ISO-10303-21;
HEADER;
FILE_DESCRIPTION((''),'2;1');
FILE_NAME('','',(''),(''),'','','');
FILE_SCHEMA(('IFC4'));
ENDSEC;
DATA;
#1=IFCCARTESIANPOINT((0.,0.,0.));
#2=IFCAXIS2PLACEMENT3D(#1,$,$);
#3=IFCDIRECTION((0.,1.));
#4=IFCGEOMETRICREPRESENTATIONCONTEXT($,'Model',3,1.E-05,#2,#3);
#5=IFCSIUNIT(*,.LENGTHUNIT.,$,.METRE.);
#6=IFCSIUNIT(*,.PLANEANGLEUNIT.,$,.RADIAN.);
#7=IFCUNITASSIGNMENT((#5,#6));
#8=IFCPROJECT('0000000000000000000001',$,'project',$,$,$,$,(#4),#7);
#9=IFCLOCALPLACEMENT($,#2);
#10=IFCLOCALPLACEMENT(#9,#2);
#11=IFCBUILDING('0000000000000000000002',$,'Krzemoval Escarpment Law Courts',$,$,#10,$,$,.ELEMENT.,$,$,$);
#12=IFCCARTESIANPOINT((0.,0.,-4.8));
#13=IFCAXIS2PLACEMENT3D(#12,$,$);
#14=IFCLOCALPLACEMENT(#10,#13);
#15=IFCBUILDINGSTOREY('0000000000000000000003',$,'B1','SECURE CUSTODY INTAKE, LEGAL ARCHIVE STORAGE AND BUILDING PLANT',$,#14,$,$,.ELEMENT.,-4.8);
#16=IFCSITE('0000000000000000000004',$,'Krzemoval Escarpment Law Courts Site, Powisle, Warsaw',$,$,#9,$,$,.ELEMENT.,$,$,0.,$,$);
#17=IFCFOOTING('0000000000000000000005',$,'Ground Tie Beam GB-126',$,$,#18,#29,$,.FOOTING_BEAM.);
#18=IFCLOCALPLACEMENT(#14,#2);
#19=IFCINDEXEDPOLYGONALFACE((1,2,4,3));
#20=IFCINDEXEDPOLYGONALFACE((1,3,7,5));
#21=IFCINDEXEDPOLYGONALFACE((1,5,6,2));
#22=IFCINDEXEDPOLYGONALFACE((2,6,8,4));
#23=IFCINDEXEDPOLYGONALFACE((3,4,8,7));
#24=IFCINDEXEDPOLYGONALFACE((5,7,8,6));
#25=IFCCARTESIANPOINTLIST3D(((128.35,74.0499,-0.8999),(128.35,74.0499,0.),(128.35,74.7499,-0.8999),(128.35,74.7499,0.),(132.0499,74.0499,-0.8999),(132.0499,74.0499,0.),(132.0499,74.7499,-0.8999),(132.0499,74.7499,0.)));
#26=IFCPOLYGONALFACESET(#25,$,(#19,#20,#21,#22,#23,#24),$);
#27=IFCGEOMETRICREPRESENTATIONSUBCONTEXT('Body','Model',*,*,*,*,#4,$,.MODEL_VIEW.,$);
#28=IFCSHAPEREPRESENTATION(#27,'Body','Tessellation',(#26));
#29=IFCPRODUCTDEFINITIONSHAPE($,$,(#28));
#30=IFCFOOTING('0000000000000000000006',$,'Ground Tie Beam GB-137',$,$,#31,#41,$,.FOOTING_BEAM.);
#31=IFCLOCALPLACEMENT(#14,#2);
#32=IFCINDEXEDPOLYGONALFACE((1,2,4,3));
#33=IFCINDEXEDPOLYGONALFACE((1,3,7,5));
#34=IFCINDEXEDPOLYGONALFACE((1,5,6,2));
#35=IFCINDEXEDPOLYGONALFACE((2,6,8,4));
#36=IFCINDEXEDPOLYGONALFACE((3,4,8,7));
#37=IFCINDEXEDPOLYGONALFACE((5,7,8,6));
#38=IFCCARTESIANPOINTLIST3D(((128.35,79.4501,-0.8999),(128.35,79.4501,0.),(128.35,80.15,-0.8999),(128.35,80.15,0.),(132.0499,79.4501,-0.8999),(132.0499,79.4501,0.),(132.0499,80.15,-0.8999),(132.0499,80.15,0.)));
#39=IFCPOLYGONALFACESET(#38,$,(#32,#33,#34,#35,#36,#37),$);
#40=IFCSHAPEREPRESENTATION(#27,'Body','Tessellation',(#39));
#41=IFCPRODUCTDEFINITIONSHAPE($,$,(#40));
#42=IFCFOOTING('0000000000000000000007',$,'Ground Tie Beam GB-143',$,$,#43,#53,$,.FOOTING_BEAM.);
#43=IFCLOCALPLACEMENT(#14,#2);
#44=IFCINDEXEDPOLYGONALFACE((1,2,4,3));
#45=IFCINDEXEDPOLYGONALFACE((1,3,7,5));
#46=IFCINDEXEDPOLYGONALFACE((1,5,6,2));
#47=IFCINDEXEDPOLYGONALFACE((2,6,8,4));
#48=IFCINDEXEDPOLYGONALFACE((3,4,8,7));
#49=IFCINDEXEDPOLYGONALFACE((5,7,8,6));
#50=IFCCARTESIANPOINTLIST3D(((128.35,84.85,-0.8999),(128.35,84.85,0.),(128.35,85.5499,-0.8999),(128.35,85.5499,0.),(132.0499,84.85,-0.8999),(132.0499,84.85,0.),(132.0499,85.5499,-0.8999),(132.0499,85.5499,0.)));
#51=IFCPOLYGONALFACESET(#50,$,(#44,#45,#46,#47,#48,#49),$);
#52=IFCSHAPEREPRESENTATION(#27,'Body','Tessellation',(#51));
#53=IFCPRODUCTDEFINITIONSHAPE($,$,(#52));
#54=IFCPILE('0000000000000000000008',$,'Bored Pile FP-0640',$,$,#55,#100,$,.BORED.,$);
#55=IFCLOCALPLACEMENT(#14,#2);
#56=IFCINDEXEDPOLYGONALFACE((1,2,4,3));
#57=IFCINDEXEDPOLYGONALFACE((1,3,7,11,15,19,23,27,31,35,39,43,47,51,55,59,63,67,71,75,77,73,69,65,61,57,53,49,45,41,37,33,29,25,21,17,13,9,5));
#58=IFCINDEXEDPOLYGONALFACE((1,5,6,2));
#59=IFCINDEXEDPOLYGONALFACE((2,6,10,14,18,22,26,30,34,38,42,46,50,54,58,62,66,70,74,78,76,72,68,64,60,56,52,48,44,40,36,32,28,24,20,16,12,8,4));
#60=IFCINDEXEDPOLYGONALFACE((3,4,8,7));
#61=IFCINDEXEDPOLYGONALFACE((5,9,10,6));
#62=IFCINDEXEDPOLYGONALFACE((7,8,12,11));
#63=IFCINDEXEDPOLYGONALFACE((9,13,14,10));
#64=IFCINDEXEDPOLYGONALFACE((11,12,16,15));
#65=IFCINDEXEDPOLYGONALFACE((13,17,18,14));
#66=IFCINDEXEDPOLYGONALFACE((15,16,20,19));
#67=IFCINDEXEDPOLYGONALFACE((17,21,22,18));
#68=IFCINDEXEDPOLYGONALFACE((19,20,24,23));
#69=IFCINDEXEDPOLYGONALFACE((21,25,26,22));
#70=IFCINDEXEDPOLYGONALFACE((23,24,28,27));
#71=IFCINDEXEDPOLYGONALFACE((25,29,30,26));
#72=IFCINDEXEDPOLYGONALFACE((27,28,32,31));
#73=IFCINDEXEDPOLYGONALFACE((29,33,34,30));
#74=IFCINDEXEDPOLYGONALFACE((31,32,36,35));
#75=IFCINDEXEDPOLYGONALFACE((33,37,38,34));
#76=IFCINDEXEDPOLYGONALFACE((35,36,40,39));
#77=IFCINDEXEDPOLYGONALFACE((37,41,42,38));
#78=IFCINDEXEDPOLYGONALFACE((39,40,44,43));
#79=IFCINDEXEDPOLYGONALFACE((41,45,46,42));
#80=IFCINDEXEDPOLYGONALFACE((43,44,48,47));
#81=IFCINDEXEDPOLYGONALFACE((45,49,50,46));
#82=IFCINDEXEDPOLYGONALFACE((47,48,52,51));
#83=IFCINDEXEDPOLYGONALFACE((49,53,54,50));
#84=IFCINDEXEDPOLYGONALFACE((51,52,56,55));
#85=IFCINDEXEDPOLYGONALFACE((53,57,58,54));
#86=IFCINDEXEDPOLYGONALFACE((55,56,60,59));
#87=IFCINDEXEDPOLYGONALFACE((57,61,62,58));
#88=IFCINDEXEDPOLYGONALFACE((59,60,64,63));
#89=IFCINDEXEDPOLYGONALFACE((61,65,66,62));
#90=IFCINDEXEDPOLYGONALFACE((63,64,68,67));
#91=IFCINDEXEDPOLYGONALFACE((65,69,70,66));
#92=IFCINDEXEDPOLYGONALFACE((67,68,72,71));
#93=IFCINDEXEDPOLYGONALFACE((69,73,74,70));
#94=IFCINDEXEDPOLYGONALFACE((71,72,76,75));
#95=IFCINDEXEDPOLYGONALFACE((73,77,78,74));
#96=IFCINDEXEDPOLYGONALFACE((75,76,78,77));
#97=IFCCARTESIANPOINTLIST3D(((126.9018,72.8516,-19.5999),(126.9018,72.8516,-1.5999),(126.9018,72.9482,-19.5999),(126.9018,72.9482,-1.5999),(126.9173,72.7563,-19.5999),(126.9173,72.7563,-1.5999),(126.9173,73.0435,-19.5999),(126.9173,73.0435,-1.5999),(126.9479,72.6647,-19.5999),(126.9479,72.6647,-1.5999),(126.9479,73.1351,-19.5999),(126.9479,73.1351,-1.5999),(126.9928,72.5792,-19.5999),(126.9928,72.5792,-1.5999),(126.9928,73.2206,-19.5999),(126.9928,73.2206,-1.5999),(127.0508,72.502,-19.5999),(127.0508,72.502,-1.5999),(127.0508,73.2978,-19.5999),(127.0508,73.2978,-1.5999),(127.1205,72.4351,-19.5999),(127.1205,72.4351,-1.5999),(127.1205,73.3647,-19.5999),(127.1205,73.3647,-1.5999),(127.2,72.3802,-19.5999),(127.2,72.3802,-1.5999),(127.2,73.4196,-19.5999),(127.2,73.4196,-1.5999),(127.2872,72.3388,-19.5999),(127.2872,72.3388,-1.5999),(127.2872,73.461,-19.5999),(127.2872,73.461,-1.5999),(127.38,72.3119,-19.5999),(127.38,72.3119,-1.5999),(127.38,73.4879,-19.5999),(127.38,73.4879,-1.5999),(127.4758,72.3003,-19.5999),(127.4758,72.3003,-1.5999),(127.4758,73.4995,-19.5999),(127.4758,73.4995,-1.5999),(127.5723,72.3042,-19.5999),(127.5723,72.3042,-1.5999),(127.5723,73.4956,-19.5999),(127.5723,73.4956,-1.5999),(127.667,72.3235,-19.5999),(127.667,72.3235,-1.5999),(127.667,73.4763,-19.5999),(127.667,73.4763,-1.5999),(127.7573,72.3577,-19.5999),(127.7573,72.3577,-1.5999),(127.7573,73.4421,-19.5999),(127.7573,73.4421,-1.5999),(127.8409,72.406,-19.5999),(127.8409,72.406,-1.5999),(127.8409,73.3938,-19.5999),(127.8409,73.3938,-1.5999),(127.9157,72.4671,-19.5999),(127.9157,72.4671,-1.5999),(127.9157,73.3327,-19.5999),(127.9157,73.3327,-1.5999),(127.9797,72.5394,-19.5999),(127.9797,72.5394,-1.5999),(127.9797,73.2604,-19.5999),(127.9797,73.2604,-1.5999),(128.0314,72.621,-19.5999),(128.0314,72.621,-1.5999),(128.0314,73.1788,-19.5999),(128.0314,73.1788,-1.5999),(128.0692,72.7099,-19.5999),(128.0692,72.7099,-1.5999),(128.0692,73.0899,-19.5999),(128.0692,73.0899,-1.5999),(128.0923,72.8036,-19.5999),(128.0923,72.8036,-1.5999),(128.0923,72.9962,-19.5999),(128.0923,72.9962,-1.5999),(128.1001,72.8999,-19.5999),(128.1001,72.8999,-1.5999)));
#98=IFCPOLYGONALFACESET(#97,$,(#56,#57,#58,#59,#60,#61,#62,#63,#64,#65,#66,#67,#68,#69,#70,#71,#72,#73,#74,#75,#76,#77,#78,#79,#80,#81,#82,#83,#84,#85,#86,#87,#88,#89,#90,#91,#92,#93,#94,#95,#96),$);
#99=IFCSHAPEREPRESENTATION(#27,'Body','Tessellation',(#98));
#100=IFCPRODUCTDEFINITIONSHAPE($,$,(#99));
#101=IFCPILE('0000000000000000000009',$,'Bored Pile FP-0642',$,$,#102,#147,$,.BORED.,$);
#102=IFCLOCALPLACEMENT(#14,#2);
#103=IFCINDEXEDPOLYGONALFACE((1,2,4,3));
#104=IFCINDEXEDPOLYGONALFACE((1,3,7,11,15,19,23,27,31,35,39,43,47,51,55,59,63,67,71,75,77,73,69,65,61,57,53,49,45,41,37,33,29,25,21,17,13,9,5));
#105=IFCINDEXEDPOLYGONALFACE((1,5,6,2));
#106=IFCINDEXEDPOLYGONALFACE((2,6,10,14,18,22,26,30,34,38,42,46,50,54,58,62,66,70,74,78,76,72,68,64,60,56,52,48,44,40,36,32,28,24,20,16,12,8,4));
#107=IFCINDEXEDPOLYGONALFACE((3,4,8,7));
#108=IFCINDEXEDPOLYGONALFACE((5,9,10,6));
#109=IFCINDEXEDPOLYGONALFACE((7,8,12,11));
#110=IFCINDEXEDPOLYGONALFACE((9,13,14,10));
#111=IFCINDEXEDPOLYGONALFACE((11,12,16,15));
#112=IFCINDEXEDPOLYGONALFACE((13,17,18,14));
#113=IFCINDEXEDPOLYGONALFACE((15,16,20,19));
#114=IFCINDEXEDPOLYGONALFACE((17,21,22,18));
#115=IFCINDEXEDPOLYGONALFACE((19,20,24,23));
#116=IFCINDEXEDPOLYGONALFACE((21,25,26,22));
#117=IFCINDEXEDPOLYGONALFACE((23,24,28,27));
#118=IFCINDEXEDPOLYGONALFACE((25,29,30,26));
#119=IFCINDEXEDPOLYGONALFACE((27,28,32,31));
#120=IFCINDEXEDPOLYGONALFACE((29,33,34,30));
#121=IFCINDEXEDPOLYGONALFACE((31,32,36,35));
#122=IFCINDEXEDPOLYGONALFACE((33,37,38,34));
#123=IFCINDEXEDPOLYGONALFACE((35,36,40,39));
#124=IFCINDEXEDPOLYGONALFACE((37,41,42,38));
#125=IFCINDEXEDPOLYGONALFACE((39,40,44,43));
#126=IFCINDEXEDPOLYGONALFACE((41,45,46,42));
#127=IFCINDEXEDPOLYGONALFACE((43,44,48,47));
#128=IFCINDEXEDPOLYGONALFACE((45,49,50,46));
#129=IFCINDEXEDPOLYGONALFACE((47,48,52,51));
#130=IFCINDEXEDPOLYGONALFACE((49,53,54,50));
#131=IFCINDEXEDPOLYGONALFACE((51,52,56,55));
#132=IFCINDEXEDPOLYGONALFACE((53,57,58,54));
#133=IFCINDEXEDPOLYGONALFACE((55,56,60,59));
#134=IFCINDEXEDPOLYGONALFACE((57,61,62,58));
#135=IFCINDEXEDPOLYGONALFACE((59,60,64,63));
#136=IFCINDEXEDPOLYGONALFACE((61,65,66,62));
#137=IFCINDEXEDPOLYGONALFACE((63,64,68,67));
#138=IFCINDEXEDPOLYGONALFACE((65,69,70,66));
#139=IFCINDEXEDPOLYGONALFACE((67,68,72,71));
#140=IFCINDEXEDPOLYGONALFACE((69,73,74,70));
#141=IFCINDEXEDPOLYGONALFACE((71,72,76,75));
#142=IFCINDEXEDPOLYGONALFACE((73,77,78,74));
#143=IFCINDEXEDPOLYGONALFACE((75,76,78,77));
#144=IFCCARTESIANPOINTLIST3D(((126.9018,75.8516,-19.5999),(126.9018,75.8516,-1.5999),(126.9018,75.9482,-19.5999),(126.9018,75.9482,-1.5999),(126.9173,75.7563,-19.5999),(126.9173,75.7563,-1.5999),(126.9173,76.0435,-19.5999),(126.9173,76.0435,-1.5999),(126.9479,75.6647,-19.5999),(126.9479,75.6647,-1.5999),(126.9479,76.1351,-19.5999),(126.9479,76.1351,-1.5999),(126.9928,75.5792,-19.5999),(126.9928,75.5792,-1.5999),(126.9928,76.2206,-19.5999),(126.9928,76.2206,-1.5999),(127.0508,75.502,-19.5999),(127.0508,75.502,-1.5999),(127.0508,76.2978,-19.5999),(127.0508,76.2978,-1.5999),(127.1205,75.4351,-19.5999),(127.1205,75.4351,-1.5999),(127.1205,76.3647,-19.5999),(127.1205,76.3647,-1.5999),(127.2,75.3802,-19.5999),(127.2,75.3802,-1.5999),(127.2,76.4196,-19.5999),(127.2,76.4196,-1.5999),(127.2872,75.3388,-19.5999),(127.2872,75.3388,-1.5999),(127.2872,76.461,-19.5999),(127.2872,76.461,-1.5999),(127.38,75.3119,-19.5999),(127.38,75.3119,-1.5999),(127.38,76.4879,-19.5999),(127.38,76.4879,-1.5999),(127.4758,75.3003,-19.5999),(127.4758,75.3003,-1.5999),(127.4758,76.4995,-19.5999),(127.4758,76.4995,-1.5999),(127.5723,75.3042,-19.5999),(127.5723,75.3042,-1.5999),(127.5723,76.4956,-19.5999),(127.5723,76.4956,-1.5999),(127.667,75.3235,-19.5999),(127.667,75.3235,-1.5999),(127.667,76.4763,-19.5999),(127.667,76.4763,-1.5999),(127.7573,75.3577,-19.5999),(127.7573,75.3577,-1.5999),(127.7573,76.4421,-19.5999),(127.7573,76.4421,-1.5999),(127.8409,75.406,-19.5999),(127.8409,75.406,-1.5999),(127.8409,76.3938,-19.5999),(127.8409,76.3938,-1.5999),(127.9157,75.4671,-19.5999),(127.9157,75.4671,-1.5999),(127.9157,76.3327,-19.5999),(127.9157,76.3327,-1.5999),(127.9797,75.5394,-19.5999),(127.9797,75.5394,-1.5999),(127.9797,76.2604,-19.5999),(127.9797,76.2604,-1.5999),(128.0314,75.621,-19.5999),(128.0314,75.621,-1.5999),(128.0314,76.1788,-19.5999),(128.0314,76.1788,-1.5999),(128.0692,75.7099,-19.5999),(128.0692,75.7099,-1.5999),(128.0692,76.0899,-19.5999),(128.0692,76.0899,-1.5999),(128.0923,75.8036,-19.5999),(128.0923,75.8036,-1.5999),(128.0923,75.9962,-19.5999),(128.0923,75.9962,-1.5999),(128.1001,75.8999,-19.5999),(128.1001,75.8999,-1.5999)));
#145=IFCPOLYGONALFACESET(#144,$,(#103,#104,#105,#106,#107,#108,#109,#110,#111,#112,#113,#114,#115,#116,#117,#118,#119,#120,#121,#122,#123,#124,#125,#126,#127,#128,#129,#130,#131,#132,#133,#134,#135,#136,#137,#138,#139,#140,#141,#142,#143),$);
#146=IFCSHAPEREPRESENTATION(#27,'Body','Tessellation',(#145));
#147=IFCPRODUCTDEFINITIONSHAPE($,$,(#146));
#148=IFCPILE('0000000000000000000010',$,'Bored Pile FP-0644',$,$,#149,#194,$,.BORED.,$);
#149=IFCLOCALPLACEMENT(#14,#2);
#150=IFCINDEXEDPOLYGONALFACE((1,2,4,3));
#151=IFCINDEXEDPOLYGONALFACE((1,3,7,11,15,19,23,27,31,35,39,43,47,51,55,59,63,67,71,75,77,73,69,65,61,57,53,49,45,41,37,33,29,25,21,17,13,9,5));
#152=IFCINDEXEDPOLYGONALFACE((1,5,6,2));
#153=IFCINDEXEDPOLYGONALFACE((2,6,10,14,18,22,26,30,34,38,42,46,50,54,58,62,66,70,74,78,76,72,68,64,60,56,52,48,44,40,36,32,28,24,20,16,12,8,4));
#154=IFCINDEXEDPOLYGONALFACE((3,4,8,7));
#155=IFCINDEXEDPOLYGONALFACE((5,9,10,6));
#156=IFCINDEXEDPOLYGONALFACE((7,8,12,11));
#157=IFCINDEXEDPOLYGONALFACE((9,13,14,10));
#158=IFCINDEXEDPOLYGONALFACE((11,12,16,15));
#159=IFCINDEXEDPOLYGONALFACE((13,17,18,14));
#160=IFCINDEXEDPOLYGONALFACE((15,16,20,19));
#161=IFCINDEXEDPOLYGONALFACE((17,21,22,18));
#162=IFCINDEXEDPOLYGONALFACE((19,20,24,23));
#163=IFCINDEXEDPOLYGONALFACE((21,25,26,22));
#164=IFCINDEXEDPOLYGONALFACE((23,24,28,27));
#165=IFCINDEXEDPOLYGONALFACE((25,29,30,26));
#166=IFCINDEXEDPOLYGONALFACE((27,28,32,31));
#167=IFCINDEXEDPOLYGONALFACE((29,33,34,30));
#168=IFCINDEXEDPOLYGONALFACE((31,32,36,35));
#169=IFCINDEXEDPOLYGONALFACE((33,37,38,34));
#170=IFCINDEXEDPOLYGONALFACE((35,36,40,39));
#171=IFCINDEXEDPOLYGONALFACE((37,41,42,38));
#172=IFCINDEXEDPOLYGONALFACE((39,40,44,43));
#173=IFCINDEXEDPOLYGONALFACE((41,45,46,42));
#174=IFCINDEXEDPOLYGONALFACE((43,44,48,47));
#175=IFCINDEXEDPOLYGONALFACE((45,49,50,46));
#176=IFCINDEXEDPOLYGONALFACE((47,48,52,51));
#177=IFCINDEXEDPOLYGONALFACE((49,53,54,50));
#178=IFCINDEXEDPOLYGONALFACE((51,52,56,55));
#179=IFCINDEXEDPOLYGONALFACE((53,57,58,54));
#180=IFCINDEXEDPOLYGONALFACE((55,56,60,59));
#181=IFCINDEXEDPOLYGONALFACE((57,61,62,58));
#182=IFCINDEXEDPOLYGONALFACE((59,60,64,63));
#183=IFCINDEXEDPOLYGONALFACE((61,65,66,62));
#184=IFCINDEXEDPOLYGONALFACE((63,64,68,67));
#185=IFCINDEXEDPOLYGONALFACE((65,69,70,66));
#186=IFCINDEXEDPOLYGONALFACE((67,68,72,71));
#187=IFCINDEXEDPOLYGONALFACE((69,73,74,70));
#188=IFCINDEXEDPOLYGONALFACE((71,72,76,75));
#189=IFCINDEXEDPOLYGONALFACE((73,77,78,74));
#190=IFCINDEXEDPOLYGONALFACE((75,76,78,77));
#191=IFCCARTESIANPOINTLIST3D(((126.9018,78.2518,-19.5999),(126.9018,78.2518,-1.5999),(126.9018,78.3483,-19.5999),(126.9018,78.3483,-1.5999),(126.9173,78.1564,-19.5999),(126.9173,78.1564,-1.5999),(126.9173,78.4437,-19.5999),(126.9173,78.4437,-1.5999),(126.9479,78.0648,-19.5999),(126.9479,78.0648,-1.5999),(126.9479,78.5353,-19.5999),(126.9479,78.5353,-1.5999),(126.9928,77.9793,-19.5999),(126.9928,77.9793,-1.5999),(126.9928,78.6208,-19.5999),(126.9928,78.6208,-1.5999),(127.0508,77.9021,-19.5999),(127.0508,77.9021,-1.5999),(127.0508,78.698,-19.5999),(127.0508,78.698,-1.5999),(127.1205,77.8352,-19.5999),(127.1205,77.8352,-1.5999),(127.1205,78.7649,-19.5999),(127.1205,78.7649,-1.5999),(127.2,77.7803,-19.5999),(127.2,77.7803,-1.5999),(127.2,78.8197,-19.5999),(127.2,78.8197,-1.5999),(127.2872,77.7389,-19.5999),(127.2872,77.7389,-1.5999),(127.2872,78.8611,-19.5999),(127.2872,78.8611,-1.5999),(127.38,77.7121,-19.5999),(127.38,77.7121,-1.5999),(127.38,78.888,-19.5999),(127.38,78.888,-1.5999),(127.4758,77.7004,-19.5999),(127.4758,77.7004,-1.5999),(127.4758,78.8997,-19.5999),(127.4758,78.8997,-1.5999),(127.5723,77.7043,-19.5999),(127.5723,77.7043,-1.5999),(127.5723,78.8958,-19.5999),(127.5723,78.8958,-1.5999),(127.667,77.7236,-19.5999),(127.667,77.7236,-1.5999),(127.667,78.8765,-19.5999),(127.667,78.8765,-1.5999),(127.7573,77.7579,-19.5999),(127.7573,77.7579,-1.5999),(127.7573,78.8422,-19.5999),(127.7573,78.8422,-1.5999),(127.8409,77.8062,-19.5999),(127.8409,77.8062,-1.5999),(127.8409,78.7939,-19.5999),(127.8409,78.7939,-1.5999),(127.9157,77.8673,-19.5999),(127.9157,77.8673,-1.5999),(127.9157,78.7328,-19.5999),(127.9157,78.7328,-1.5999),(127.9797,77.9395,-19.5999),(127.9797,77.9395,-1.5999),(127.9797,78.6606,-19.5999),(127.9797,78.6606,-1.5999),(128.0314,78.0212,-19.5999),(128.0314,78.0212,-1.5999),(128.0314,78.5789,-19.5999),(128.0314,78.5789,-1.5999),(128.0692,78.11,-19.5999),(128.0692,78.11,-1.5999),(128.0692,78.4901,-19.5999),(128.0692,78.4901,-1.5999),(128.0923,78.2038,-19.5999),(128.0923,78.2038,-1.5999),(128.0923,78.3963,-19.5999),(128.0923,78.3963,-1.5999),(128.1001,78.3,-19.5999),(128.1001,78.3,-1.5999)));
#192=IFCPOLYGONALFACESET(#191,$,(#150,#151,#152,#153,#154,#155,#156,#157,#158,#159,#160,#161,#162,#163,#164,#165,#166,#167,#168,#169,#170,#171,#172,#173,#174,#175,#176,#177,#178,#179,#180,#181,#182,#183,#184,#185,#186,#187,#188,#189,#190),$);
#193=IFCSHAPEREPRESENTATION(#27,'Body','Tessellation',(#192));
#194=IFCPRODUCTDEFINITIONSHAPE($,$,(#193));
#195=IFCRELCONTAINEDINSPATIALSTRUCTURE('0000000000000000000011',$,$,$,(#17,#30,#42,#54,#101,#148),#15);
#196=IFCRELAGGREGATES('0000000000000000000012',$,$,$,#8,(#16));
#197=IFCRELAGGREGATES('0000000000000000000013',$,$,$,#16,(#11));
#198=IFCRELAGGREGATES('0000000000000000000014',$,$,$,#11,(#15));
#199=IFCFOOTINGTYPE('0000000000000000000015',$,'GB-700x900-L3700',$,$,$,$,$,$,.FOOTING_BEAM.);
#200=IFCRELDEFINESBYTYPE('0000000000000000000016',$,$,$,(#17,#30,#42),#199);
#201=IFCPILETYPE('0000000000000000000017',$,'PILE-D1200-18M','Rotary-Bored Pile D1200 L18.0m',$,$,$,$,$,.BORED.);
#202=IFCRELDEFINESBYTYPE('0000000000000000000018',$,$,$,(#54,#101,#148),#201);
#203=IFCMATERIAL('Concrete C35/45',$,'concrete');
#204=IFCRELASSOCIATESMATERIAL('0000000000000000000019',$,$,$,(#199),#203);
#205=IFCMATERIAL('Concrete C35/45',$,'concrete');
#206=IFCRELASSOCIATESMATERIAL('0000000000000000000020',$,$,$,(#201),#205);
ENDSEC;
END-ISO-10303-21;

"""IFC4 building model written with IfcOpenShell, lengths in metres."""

from ifc_helpers import new_model, si_unit, direction, frame, origin, origin_2d, place, context, subcontext, project, spatial, rectangle, circle, extrude, material, material_profile, profile_set, type_object, element, save


model = new_model("IFC4")

# Units and contexts
model_context = context("Model", 3, precision=1e-05, world=origin(), true_north=direction((0.0, 1.0)))
body_context = subcontext(model_context, "Body", "Model", "MODEL_VIEW")
ifc_project = project(units=[si_unit("LENGTHUNIT", "METRE"), si_unit("PLANEANGLEUNIT", "RADIAN")], contexts=[model_context])

# Site, building, storey
site_placement = place(None, origin())
site = spatial("IfcSite", under=ifc_project, at=site_placement, Name="Krzemoval Escarpment Law Courts Site, Powisle, Warsaw", CompositionType="ELEMENT", RefElevation=0.0)
building_placement = place(site_placement, origin())
building = spatial("IfcBuilding", under=site, at=building_placement, Name="Krzemoval Escarpment Law Courts", CompositionType="ELEMENT")
storey_placement = place(building_placement, frame((0.0, 0.0, -4.8)))
storey = spatial("IfcBuildingStorey", under=building, at=storey_placement, Name="B1", Description="SECURE CUSTODY INTAKE, LEGAL ARCHIVE STORAGE AND BUILDING PLANT", CompositionType="ELEMENT", Elevation=-4.8)

# Footings
ifc_material_1 = material(Name="Concrete C35/45", Category="concrete")
footing_type = type_object("IfcFootingType", Name="GB-700x900-L3700", PredefinedType="FOOTING_BEAM", material=ifc_material_1)
for number, where, z_axis, x_axis, name in (
    (1, (130.2, 74.3999, -0.8999), (0.0, 0.0, 1.0), (1.0, 0.0, 0.0), "Ground Tie Beam GB-126"),
    (2, (130.2, 79.8, -0.8999), (0.0, 0.0, 1.0), (1.0, 0.0, 0.0), "Ground Tie Beam GB-137"),
    (3, (130.2, 85.2, -0.8999), (0.0, 0.0, 1.0), (1.0, 0.0, 0.0), "Ground Tie Beam GB-143"),
):
    element("IfcFooting", number, at=place(storey_placement, frame(where, z_axis=z_axis, x_axis=x_axis)), inside=storey, type_object=footing_type, Name=name, PredefinedType="FOOTING_BEAM", context=body_context, shape_type="SweptSolid", body=[
        extrude(rectangle(XDim=3.7, YDim=0.7, at=origin_2d()), origin(), (0.0, 0.0, 1.0), 0.8999),
    ])

# Piles
ifc_material_2 = material(Name="Concrete C35/45", Category="concrete")
ifc_material_profile_1 = material_profile(ifc_material_2, circle(Radius=0.6001, at=origin_2d()), Name="PILE D1200")
ifc_profile_set_1 = profile_set([ifc_material_profile_1], Name="Concrete C35/45")
pile_type = type_object("IfcPileType", Name="PILE-D1200-18M", Description="Rotary-Bored Pile D1200 L18.0m", PredefinedType="BORED", material=ifc_profile_set_1)
for number, where, z_axis, x_axis, name in (
    (4, (127.5, 72.8999, -1.5999), (0.0, 0.0, -1.0), (1.0, 0.0, 0.0), "Bored Pile FP-0640"),
    (5, (127.5, 75.8999, -1.5999), (0.0, 0.0, -1.0), (1.0, 0.0, 0.0), "Bored Pile FP-0642"),
    (6, (127.5, 78.3, -1.5999), (0.0, 0.0, -1.0), (1.0, 0.0, 0.0), "Bored Pile FP-0644"),
):
    element("IfcPile", number, at=place(storey_placement, frame(where, z_axis=z_axis, x_axis=x_axis)), inside=storey, type_object=pile_type, Name=name, PredefinedType="BORED", context=body_context, shape_type="SweptSolid", body=[
        extrude(circle(Radius=0.6001, at=origin_2d()), origin(), (0.0, 0.0, 1.0), 18.0),
    ])

save(model, "model.ifc")
